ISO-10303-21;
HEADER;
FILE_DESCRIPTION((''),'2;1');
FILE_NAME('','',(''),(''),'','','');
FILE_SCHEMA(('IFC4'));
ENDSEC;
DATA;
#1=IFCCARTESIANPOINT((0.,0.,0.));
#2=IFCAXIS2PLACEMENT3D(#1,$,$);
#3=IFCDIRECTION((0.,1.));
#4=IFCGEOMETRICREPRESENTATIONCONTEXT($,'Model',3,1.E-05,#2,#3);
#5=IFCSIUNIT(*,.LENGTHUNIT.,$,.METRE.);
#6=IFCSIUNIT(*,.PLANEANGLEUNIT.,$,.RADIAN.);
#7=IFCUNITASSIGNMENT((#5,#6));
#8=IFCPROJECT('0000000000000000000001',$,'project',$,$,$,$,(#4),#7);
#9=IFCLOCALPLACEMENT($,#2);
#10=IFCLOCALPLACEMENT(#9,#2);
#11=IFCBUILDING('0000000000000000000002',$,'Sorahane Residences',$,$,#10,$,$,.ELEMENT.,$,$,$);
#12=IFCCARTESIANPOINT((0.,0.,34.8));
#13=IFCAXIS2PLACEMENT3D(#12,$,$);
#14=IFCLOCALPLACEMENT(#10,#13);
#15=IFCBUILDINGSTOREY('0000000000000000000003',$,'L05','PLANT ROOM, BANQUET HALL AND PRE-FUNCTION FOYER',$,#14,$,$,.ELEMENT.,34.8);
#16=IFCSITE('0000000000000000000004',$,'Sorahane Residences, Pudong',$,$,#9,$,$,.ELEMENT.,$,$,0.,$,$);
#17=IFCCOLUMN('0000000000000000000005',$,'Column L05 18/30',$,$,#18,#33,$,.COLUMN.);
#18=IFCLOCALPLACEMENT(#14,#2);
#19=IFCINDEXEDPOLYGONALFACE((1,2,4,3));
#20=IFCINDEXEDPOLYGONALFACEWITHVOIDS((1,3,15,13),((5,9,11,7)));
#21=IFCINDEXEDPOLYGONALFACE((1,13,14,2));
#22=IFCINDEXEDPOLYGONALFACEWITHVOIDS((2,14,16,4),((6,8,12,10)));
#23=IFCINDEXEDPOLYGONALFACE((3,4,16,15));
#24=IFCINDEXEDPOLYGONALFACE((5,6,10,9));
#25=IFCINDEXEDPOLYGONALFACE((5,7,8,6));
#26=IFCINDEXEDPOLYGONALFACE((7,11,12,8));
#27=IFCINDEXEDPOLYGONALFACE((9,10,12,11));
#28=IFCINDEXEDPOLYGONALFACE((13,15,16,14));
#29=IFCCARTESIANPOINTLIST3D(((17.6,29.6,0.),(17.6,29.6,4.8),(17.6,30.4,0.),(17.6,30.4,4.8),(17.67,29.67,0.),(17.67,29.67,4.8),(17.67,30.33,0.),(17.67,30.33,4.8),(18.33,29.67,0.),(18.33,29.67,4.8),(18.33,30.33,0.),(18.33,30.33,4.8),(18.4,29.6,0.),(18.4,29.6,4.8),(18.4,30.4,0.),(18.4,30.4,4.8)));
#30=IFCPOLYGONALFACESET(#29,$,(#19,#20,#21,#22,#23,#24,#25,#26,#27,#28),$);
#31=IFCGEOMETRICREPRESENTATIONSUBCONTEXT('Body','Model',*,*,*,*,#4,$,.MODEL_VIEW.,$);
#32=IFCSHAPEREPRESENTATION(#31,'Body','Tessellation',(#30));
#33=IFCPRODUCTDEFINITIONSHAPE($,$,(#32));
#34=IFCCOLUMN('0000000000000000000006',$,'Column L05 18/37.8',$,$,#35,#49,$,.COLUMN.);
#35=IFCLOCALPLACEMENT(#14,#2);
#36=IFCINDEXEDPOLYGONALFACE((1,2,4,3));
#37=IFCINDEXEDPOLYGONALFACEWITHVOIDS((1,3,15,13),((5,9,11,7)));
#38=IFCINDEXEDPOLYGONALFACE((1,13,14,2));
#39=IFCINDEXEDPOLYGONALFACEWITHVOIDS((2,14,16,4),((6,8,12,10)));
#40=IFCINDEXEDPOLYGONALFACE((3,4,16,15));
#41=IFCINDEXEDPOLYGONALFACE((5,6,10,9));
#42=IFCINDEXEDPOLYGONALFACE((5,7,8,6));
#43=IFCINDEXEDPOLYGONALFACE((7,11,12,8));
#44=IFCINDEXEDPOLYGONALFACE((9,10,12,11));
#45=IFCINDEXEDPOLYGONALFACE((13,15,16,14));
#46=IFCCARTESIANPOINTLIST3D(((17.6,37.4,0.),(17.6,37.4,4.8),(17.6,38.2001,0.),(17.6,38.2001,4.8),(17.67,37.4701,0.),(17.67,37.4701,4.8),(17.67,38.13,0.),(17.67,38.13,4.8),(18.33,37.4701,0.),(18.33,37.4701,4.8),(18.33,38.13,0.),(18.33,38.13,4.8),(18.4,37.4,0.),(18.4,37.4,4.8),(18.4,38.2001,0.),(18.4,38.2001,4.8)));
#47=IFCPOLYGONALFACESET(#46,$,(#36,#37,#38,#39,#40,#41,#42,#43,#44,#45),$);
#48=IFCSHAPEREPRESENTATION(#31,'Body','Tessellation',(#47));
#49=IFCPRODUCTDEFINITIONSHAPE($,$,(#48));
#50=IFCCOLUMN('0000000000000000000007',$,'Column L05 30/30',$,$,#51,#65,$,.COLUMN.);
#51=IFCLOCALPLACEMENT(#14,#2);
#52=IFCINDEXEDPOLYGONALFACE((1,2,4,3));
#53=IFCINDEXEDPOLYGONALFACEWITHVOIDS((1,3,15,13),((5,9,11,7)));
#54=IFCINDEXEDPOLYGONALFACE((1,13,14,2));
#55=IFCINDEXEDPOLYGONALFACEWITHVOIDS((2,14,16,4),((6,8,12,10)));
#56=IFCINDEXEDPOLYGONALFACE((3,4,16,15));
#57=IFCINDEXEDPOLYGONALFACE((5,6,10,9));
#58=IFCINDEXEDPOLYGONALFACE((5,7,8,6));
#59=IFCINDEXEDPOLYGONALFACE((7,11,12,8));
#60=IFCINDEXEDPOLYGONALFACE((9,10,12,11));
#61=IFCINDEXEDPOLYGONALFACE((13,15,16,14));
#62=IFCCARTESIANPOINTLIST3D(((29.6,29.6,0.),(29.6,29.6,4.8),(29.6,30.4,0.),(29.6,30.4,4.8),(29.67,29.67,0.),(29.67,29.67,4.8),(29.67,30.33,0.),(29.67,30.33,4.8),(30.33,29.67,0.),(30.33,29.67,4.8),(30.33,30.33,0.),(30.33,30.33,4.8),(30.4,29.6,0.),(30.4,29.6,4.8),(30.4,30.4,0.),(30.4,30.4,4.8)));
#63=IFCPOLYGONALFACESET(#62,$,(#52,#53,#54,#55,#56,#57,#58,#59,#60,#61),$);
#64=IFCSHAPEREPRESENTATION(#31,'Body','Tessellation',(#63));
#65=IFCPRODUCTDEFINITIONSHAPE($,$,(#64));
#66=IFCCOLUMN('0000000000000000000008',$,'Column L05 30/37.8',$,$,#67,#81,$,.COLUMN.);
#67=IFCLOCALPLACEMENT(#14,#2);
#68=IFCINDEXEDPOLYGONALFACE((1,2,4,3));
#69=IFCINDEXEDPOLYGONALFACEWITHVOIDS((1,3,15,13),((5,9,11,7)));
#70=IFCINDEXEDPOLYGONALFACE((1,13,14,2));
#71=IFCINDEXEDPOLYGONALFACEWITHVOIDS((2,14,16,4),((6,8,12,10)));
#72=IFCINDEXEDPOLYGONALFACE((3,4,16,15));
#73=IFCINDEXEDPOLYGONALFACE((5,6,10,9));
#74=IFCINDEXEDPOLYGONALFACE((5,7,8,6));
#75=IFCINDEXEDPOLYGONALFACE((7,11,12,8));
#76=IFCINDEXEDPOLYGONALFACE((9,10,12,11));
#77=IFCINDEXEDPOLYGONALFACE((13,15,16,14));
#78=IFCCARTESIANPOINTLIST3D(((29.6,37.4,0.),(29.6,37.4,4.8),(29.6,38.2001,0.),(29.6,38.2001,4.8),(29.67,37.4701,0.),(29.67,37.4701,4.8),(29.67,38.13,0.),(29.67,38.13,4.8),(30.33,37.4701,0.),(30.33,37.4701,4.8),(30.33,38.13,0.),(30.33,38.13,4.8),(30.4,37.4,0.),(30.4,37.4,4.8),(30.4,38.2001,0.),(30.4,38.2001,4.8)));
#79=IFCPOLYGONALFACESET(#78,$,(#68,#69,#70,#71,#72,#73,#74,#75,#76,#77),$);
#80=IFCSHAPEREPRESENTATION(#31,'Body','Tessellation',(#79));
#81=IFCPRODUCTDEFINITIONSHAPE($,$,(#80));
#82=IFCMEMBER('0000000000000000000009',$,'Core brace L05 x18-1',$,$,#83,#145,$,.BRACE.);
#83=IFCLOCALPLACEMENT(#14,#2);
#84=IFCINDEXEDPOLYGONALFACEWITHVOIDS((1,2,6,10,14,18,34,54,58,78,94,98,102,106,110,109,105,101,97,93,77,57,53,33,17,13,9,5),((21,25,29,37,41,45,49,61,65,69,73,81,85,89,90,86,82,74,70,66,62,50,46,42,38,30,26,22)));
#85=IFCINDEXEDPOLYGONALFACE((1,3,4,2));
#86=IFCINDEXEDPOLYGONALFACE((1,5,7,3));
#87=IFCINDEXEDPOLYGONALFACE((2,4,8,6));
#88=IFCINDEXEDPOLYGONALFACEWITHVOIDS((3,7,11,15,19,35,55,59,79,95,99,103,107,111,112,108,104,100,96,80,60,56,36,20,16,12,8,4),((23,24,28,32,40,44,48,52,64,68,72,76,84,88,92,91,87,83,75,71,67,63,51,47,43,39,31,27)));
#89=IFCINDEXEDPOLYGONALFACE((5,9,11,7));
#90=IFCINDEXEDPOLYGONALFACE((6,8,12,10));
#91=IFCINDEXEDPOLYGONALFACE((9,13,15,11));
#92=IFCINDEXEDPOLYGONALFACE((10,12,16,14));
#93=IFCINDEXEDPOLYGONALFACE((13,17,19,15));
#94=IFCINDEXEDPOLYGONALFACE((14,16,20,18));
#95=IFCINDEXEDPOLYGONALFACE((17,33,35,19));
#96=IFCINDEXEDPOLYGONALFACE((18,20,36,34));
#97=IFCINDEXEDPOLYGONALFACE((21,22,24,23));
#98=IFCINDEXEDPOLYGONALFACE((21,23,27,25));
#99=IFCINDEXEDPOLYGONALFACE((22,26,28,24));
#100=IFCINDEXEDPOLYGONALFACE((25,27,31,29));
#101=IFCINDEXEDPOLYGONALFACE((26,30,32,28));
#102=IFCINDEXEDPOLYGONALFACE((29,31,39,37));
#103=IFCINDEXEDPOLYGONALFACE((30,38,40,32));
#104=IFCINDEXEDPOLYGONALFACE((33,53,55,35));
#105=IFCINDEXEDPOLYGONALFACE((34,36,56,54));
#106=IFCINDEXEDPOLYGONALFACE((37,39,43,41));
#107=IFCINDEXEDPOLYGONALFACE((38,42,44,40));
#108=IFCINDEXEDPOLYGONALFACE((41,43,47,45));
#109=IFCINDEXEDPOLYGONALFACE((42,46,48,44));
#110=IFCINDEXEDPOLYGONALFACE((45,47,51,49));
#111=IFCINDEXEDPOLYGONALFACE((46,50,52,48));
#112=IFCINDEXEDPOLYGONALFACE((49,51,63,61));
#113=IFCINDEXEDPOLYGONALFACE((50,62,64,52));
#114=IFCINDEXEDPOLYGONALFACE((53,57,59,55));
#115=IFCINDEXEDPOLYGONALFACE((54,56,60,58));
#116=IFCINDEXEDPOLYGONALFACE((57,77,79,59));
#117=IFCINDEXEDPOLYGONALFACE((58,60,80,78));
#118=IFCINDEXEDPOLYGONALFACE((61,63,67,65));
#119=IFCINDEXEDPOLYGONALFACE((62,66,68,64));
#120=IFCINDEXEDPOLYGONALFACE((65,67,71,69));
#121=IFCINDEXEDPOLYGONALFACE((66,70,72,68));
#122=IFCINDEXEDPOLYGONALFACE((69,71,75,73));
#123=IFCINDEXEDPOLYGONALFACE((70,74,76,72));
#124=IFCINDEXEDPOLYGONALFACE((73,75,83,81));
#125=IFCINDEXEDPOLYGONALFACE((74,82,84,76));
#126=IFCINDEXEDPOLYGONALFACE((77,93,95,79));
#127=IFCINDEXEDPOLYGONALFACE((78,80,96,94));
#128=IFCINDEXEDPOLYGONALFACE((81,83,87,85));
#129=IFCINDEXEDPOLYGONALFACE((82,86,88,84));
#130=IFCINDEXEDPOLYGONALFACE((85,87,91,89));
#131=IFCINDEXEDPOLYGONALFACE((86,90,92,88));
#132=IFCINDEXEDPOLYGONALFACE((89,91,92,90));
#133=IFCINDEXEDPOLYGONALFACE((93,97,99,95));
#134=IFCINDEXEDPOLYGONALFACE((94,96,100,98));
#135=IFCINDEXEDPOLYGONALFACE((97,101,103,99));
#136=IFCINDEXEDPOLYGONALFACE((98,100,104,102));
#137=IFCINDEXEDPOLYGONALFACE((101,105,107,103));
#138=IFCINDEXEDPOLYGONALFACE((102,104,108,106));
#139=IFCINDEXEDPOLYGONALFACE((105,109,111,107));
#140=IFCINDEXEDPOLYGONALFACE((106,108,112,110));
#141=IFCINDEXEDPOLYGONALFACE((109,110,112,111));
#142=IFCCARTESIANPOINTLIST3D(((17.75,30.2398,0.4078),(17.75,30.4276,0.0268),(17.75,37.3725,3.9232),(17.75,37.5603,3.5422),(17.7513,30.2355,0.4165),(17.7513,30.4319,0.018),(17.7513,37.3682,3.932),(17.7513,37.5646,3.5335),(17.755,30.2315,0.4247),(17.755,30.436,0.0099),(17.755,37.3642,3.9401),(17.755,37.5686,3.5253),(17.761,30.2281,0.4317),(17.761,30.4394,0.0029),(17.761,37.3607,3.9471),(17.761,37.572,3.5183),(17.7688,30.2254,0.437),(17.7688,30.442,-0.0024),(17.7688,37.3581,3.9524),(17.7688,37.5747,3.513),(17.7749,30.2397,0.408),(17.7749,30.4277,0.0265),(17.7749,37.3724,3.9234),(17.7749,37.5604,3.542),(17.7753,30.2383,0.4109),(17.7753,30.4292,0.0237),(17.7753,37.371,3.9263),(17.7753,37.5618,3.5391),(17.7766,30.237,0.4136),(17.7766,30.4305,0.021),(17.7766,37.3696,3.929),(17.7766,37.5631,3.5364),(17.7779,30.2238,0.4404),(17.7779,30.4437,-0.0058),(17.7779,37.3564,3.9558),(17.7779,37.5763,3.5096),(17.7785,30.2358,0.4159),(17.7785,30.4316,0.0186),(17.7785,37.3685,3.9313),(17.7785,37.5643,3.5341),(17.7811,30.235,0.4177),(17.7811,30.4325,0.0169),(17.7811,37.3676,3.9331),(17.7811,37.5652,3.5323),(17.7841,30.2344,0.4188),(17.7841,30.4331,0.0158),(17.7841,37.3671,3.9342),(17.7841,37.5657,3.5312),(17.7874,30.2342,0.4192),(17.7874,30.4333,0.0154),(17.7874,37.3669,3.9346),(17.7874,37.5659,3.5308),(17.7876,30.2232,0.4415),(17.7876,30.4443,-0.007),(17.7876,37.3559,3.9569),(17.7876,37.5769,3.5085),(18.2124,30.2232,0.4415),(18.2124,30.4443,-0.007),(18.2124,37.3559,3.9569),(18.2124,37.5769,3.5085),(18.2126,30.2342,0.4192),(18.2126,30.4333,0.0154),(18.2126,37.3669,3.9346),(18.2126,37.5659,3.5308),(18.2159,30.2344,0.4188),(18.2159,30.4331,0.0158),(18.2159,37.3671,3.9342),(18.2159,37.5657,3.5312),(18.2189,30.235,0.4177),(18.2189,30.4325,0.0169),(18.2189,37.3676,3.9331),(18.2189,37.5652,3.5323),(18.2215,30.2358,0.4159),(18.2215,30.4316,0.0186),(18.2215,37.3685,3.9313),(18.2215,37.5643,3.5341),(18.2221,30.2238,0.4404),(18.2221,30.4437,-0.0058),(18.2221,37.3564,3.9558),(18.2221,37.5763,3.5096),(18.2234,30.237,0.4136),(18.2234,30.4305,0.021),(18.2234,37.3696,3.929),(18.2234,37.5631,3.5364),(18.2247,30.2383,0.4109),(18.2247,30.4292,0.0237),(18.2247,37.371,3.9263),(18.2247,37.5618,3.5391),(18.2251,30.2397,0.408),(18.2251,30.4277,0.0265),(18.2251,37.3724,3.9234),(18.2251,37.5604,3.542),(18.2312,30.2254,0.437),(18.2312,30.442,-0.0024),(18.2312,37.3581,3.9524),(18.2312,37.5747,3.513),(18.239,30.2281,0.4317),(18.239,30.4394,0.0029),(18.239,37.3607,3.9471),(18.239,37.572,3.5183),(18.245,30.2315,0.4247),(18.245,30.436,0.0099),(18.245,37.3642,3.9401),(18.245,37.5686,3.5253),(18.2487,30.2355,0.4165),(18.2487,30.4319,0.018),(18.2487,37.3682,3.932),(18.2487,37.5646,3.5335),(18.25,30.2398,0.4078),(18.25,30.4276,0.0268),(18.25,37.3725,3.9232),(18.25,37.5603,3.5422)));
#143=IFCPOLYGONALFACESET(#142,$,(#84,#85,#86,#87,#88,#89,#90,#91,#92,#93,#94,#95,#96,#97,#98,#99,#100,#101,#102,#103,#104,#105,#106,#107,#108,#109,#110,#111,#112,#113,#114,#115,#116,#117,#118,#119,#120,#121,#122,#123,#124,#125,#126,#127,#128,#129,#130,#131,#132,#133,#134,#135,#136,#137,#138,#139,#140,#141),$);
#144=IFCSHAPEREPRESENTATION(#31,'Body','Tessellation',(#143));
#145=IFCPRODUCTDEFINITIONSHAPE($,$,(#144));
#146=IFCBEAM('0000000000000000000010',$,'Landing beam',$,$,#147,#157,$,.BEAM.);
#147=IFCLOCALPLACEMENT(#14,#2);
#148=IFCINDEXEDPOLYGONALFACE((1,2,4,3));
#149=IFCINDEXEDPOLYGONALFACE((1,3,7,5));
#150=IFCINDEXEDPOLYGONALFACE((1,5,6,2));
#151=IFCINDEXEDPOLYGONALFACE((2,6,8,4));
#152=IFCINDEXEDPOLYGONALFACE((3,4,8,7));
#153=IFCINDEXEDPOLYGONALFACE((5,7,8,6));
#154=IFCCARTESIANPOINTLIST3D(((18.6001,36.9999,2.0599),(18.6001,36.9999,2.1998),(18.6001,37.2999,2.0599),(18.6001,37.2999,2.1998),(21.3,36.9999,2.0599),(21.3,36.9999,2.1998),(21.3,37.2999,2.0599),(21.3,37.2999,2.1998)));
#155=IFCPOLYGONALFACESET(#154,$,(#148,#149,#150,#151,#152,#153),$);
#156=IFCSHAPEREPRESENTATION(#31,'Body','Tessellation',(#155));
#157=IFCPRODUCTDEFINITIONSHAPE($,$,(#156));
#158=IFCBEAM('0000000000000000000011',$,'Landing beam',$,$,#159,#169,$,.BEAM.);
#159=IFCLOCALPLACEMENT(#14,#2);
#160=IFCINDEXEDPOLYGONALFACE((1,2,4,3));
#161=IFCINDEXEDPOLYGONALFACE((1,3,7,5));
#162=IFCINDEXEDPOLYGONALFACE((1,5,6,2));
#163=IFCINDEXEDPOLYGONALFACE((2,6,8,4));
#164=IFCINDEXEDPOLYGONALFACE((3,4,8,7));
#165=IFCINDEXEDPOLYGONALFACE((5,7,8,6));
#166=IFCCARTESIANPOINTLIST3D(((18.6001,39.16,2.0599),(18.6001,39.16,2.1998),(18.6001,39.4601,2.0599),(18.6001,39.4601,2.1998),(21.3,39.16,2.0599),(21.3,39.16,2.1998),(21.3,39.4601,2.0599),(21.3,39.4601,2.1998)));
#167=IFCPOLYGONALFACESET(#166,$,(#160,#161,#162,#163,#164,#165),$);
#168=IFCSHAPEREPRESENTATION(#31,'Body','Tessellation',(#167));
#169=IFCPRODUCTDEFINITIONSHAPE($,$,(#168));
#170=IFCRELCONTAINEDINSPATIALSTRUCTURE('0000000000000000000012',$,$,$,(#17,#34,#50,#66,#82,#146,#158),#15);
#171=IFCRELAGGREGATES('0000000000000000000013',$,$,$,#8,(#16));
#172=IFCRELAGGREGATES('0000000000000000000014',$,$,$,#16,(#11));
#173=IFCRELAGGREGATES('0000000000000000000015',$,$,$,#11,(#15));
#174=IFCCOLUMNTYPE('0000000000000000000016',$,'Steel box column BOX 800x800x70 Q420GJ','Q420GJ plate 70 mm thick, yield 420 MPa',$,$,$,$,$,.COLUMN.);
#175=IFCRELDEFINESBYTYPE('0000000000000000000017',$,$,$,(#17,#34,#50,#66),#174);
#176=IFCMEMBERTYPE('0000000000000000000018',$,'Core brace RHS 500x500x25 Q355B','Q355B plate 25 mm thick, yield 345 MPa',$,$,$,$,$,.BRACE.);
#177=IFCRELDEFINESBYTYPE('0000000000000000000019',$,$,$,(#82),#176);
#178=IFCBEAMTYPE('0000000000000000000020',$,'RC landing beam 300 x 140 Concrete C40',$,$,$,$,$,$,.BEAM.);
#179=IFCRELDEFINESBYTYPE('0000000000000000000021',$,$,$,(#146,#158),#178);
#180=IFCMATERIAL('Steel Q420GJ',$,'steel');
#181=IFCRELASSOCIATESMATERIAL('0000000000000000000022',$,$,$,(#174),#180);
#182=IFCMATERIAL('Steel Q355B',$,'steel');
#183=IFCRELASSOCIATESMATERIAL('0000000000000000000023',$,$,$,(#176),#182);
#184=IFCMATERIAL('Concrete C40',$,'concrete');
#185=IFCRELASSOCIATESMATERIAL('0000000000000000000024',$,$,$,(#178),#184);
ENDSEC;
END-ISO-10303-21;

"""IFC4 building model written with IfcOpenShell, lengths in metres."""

from ifc_helpers import new_model, si_unit, direction, frame, origin, origin_2d, place, context, subcontext, project, spatial, rectangle, hollow_rectangle, extrude, material, material_profile, profile_set, type_object, element, save


model = new_model("IFC4")

# Units and contexts
model_context = context("Model", 3, precision=1e-05, world=origin(), true_north=direction((0.0, 1.0)))
body_context = subcontext(model_context, "Body", "Model", "MODEL_VIEW")
ifc_project = project(units=[si_unit("LENGTHUNIT", "METRE"), si_unit("PLANEANGLEUNIT", "RADIAN")], contexts=[model_context])

# Site, building, storey
site_placement = place(None, origin())
site = spatial("IfcSite", under=ifc_project, at=site_placement, Name="Sorahane Residences, Pudong", CompositionType="ELEMENT", RefElevation=0.0)
building_placement = place(site_placement, origin())
building = spatial("IfcBuilding", under=site, at=building_placement, Name="Sorahane Residences", CompositionType="ELEMENT")
storey_placement = place(building_placement, frame((0.0, 0.0, 34.8)))
storey = spatial("IfcBuildingStorey", under=building, at=storey_placement, Name="L05", Description="PLANT ROOM, BANQUET HALL AND PRE-FUNCTION FOYER", CompositionType="ELEMENT", Elevation=34.8)

# Columns
ifc_material_1 = material(Name="Steel Q420GJ", Category="steel")
ifc_material_profile_1 = material_profile(ifc_material_1, hollow_rectangle(XDim=0.8, YDim=0.8, WallThickness=0.0701, at=origin_2d()), Name="BOX 800x800x70")
ifc_profile_set_1 = profile_set([ifc_material_profile_1], Name="Steel Q420GJ")
column_type = type_object("IfcColumnType", Name="Steel box column BOX 800x800x70 Q420GJ", Description="Q420GJ plate 70 mm thick, yield 420 MPa", PredefinedType="COLUMN", material=ifc_profile_set_1)
for number, where, z_axis, x_axis, name in (
    (1, (18.0, 30.0, 0.0), (0.0, 0.0, 1.0), (1.0, 0.0, 0.0), "Column L05 18/30"),
    (2, (18.0, 37.8, 0.0), (0.0, 0.0, 1.0), (1.0, 0.0, 0.0), "Column L05 18/37.8"),
    (3, (30.0, 30.0, 0.0), (0.0, 0.0, 1.0), (1.0, 0.0, 0.0), "Column L05 30/30"),
    (4, (30.0, 37.8, 0.0), (0.0, 0.0, 1.0), (1.0, 0.0, 0.0), "Column L05 30/37.8"),
):
    element("IfcColumn", number, at=place(storey_placement, frame(where, z_axis=z_axis, x_axis=x_axis)), inside=storey, type_object=column_type, Name=name, PredefinedType="COLUMN", context=body_context, shape_type="SweptSolid", body=[
        extrude(hollow_rectangle(XDim=0.8, YDim=0.8, WallThickness=0.0701, at=origin_2d()), origin(), (0.0, 0.0, 1.0), 4.8),
    ])

# Member
ifc_material_2 = material(Name="Steel Q355B", Category="steel")
ifc_material_profile_2 = material_profile(ifc_material_2, hollow_rectangle(XDim=0.5, YDim=0.5, WallThickness=0.0249, InnerFilletRadius=0.0125, OuterFilletRadius=0.0376, at=origin_2d()), Name="RHS 500x500x25")
ifc_profile_set_2 = profile_set([ifc_material_profile_2], Name="Steel Q355B")
member_type = type_object("IfcMemberType", Name="Core brace RHS 500x500x25 Q355B", Description="Q355B plate 25 mm thick, yield 345 MPa", PredefinedType="BRACE", material=ifc_profile_set_2)
member_placement = place(storey_placement, frame((18.0, 30.3337, 0.2173), z_axis=(0.0, 0.896973, 0.442085), x_axis=(-1.0, 0.0, 0.0)))
element("IfcMember", 5, at=member_placement, inside=storey, type_object=member_type, Name="Core brace L05 x18-1", PredefinedType="BRACE", context=body_context, shape_type="SweptSolid", body=[
    extrude(hollow_rectangle(XDim=0.5, YDim=0.5, WallThickness=0.0249, InnerFilletRadius=0.0125, OuterFilletRadius=0.0376, at=origin_2d()), origin(), (0.0, 0.0, 1.0), 7.9519),
])

# Beams
ifc_material_3 = material(Name="Concrete C40", Category="concrete")
ifc_material_profile_3 = material_profile(ifc_material_3, rectangle(XDim=0.3, YDim=0.1399, at=origin_2d()), Name="300x140")
ifc_profile_set_3 = profile_set([ifc_material_profile_3], Name="Concrete C40")
beam_type_1 = type_object("IfcBeamType", Name="RC landing beam 300 x 140 Concrete C40", PredefinedType="BEAM", material=ifc_profile_set_3)
for number, where, z_axis, x_axis, name in (
    (6, (18.6001, 37.1499, 2.1299), (1.0, 0.0, 0.0), (0.0, 1.0, 0.0), "Landing beam"),
    (7, (18.6001, 39.3101, 2.1299), (1.0, 0.0, 0.0), (0.0, 1.0, 0.0), "Landing beam"),
):
    element("IfcBeam", number, at=place(storey_placement, frame(where, z_axis=z_axis, x_axis=x_axis)), inside=storey, type_object=beam_type_1, Name=name, PredefinedType="BEAM", context=body_context, shape_type="SweptSolid", body=[
        extrude(rectangle(XDim=0.3, YDim=0.1399, at=origin_2d()), origin(), (0.0, 0.0, 1.0), 2.7),
    ])

save(model, "model.ifc")
